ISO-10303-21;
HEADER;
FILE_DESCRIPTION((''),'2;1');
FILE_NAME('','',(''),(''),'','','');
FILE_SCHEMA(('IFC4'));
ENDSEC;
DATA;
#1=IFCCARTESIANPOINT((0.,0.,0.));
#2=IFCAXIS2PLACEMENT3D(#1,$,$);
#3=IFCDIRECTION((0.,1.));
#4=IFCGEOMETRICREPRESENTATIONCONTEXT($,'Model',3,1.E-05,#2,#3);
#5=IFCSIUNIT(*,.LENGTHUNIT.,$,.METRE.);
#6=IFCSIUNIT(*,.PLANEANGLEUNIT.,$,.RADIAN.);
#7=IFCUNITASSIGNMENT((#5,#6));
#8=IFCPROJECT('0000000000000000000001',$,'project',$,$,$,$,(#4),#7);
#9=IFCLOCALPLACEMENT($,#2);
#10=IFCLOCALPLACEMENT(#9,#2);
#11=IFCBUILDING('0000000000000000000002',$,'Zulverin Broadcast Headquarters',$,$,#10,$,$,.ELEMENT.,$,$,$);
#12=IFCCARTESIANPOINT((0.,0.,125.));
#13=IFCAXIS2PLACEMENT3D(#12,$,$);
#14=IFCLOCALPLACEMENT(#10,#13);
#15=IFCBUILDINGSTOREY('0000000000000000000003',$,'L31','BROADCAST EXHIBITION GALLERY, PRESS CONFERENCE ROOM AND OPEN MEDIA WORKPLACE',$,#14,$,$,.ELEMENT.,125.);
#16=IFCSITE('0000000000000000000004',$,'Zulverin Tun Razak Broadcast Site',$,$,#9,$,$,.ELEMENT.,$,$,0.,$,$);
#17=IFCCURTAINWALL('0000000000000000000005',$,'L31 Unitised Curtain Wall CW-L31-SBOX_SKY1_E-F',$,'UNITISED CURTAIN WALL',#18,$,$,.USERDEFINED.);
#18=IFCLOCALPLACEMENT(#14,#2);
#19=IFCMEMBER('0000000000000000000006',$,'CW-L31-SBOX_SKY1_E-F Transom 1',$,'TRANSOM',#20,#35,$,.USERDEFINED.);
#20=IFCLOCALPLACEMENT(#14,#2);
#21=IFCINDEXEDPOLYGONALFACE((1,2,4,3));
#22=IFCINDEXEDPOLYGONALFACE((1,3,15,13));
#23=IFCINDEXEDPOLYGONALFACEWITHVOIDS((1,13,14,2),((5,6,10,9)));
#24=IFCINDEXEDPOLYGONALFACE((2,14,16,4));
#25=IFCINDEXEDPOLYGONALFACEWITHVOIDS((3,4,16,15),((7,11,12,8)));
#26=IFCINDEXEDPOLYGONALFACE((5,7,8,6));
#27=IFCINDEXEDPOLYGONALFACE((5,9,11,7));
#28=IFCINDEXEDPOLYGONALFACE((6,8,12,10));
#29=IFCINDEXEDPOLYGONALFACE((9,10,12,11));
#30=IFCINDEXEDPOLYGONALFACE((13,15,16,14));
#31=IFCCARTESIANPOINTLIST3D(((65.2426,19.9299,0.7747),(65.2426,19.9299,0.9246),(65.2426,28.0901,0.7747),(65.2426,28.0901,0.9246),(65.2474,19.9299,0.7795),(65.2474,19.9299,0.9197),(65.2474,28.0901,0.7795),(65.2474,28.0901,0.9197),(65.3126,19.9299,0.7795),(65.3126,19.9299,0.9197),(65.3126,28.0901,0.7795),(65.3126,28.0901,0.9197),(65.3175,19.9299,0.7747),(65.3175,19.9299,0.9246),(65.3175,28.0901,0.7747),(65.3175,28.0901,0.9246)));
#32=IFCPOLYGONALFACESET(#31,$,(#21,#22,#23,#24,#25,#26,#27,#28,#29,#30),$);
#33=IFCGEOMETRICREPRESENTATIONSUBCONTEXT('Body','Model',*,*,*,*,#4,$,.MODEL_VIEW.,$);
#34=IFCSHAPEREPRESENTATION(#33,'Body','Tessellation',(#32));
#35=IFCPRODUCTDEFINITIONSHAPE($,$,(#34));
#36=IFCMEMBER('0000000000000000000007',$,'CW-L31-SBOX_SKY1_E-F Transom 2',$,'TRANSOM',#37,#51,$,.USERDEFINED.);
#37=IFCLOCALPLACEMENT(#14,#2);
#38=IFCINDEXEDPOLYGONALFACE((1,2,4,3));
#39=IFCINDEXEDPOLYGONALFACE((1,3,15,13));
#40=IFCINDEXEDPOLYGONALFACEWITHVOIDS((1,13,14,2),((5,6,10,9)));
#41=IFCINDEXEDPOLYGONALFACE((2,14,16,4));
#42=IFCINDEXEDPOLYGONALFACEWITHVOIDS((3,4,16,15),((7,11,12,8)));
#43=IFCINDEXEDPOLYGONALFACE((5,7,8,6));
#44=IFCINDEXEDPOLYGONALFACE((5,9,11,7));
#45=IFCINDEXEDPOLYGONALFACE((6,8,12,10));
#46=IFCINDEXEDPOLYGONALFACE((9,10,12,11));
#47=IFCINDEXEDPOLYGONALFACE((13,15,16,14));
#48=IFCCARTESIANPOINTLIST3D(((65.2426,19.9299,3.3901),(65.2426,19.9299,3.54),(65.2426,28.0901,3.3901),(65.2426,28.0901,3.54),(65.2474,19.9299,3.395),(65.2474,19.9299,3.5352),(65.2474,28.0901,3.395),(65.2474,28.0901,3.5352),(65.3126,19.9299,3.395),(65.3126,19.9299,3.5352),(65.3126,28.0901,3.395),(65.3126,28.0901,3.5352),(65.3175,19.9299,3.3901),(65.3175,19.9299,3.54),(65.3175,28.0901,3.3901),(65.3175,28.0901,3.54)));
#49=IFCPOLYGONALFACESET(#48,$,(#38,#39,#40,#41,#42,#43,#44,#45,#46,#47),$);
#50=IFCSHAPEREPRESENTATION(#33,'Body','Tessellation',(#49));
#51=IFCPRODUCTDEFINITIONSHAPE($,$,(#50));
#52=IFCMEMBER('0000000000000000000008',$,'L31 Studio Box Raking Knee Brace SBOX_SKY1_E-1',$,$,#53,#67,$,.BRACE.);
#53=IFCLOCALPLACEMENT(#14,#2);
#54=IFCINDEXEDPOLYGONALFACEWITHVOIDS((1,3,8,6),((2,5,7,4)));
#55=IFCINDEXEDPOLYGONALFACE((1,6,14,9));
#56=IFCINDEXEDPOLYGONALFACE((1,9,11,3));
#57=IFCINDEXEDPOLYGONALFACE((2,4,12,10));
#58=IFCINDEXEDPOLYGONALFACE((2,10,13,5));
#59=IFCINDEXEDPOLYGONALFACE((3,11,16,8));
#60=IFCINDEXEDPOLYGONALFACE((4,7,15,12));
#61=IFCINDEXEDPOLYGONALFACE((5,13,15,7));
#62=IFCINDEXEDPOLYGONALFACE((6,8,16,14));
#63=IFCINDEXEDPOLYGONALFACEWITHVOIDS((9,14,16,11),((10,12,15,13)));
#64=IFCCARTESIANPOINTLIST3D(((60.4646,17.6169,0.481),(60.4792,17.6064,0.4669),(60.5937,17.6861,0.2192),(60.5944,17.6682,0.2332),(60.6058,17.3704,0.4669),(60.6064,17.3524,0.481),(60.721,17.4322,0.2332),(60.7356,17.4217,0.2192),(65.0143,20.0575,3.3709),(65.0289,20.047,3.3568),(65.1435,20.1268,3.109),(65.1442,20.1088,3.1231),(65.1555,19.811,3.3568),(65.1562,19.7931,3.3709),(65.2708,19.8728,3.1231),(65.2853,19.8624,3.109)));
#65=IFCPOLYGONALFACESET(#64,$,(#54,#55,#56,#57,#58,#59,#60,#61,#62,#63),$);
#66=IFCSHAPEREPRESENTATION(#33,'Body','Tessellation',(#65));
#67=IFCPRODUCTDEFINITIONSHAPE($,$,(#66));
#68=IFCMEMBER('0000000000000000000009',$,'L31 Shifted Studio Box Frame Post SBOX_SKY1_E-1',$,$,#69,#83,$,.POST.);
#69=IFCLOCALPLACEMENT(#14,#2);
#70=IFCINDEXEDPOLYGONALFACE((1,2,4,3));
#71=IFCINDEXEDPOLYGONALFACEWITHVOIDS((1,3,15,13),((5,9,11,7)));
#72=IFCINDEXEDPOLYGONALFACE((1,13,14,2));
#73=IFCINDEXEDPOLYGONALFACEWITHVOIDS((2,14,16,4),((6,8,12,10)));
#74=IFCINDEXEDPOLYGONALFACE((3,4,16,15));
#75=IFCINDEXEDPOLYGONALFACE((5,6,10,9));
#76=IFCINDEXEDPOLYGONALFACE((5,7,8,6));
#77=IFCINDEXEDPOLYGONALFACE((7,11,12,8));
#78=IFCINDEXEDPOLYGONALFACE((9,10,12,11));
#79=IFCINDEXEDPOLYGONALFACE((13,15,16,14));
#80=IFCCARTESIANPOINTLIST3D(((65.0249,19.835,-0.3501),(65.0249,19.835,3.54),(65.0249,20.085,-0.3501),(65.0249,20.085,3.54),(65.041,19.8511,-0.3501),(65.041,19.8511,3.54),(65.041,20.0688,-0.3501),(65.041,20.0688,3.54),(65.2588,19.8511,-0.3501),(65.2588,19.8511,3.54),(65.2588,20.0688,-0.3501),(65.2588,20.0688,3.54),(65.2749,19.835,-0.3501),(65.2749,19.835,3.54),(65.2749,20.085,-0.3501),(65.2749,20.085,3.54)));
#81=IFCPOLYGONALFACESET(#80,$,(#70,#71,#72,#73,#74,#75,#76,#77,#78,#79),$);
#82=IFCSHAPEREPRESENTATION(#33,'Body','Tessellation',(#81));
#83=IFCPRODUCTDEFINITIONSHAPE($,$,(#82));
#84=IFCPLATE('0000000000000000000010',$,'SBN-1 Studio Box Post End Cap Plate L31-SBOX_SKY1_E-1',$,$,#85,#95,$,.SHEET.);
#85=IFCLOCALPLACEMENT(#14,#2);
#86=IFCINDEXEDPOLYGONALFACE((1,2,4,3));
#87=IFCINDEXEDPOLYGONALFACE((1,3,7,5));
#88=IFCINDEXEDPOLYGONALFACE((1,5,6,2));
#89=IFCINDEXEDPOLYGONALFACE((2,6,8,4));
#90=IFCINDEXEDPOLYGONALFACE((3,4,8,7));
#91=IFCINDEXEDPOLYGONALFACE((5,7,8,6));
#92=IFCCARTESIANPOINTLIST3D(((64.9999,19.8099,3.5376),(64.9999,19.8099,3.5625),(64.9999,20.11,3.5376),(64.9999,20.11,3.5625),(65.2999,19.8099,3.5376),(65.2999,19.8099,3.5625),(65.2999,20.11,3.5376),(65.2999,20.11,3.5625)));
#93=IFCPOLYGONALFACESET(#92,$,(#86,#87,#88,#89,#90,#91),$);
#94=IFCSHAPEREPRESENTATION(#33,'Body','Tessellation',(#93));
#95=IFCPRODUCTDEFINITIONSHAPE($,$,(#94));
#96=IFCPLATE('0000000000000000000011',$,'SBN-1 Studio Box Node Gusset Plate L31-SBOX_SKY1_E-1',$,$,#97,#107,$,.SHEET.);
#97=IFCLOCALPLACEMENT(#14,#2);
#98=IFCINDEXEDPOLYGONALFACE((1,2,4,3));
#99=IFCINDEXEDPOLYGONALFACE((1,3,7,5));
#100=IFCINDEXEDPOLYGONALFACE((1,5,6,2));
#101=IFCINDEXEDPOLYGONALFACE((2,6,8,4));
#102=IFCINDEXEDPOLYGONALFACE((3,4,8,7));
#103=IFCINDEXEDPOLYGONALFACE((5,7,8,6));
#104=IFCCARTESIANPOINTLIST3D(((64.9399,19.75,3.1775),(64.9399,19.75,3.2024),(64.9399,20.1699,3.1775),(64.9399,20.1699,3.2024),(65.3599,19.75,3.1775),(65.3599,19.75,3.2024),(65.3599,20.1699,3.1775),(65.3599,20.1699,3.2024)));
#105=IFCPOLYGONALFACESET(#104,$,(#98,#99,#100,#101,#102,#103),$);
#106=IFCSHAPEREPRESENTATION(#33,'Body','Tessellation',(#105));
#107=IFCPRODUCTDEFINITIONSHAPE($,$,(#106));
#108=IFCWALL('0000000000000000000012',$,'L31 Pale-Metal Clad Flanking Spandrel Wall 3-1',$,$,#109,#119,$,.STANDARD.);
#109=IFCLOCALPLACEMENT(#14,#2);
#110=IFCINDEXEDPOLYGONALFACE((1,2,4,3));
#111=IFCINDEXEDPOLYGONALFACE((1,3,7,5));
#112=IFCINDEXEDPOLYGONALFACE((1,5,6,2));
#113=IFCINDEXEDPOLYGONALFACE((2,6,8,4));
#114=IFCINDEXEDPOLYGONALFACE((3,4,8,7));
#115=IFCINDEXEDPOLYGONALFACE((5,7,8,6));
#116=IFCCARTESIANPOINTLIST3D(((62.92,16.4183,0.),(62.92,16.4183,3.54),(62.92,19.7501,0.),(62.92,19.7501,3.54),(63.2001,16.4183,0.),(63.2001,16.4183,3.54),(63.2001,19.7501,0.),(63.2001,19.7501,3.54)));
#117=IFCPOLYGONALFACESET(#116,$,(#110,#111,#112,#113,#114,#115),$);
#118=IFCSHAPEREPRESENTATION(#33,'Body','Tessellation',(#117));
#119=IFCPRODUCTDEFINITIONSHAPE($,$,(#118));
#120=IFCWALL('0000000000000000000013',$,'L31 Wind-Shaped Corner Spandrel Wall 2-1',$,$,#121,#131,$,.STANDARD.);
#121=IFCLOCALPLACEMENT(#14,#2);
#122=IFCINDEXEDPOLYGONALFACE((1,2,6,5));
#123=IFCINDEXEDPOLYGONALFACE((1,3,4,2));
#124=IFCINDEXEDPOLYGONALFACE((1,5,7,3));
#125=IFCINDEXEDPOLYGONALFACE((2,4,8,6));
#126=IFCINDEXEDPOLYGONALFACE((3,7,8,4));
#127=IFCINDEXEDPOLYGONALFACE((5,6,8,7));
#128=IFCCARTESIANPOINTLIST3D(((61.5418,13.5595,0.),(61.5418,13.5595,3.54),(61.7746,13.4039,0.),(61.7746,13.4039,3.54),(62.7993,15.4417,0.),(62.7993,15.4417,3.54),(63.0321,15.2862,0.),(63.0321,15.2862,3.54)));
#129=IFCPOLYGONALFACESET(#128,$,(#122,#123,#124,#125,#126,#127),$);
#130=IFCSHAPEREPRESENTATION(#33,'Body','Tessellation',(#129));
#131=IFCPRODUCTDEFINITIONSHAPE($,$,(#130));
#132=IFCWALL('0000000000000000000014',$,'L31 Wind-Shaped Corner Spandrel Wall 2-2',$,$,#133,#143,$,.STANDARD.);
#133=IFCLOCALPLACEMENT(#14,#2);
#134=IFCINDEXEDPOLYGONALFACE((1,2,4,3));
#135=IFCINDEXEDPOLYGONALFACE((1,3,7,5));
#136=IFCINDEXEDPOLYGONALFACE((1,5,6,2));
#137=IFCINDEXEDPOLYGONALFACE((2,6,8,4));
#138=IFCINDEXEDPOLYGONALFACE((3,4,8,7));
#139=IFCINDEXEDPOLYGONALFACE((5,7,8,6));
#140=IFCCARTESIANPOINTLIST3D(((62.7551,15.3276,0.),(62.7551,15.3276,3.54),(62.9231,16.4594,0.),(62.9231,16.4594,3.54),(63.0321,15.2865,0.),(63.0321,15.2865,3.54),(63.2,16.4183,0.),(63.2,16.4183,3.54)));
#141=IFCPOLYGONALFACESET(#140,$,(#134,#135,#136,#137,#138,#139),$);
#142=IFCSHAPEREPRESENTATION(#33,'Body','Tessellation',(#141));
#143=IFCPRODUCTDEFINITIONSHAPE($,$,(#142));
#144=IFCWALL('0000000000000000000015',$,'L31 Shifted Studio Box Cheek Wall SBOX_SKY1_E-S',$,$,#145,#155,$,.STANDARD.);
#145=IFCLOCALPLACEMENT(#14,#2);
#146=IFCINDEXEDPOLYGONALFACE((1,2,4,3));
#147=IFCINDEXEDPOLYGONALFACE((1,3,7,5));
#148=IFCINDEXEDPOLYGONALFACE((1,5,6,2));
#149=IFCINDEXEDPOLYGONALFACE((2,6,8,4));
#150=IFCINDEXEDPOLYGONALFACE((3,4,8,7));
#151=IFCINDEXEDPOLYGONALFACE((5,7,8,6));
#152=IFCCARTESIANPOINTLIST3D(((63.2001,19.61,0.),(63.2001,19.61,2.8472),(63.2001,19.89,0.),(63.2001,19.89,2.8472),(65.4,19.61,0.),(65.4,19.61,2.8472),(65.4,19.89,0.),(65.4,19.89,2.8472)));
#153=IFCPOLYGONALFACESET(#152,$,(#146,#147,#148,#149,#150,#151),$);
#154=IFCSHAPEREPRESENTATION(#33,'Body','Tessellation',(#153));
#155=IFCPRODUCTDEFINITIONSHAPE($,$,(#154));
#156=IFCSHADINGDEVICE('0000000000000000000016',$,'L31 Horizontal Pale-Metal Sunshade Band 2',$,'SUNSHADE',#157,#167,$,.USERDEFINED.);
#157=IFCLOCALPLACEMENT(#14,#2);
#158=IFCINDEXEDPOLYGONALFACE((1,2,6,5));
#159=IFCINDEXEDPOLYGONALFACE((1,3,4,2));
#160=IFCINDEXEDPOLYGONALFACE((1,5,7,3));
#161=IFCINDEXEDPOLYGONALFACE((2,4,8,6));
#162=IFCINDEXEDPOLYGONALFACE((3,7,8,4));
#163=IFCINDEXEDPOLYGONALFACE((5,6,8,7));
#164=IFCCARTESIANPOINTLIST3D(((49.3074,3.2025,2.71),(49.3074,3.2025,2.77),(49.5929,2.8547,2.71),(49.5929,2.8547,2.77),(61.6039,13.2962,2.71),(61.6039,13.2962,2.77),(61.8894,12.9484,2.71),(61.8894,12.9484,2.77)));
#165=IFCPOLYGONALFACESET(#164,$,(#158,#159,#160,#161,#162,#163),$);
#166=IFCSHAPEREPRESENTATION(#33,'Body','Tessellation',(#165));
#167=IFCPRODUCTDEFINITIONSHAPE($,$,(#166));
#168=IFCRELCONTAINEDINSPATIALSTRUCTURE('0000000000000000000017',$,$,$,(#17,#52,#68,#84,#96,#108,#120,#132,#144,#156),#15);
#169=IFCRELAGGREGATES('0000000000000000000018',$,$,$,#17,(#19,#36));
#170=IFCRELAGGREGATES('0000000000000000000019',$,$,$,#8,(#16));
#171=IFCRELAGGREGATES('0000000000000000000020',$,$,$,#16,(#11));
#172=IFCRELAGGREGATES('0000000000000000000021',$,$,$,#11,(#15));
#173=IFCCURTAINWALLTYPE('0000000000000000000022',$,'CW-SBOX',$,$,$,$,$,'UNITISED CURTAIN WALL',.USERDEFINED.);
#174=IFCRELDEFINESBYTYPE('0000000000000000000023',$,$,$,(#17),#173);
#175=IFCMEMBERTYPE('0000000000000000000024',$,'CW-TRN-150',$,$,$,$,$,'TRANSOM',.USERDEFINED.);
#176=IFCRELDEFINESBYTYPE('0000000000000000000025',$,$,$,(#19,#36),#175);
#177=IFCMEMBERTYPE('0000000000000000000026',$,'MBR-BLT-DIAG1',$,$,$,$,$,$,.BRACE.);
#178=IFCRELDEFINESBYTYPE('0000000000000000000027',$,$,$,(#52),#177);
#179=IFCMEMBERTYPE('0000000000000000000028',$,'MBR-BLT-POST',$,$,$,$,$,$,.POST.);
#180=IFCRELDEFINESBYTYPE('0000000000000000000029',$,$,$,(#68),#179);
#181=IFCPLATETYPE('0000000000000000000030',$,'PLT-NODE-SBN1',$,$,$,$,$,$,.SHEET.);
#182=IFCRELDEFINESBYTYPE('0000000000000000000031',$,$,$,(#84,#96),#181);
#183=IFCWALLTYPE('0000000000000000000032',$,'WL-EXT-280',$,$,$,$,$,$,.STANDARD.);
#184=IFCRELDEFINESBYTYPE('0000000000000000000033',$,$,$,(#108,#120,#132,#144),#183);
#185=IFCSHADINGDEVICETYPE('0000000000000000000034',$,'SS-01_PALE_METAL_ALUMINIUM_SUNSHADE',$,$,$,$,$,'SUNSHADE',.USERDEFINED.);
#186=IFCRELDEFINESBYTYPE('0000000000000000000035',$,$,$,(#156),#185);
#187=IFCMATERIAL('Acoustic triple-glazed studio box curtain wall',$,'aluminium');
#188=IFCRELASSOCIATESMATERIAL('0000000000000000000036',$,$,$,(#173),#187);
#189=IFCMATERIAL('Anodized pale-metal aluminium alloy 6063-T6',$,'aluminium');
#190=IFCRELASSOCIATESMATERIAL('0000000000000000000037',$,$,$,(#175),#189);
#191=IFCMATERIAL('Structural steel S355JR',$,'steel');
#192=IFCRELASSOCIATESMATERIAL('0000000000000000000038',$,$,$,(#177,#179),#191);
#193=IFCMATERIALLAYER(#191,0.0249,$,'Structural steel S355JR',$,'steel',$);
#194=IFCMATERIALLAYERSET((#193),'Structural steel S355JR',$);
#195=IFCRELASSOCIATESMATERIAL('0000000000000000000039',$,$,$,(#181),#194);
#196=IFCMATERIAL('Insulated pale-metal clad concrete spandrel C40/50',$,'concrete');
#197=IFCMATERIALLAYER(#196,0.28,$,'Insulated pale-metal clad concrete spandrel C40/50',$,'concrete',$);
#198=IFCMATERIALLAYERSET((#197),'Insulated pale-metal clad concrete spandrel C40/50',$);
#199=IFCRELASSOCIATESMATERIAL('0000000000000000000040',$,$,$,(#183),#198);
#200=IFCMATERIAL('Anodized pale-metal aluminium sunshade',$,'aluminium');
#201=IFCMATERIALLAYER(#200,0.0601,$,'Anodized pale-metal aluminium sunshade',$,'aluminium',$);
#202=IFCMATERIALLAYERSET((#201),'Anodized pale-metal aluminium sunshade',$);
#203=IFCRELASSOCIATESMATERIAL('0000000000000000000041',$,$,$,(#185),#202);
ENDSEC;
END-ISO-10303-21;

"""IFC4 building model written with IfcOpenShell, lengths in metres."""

from ifc_helpers import new_model, si_unit, direction, frame, frame_2d, origin, origin_2d, place, context, subcontext, project, spatial, rectangle, hollow_rectangle, extrude, material, layer, layer_set, material_profile, profile_set, type_object, element, aggregate, save


model = new_model("IFC4")

# Units and contexts
model_context = context("Model", 3, precision=1e-05, world=origin(), true_north=direction((0.0, 1.0)))
body_context = subcontext(model_context, "Body", "Model", "MODEL_VIEW")
ifc_project = project(units=[si_unit("LENGTHUNIT", "METRE"), si_unit("PLANEANGLEUNIT", "RADIAN")], contexts=[model_context])

# Site, building, storey
site_placement = place(None, origin())
site = spatial("IfcSite", under=ifc_project, at=site_placement, Name="Zulverin Tun Razak Broadcast Site", CompositionType="ELEMENT", RefElevation=0.0)
building_placement = place(site_placement, origin())
building = spatial("IfcBuilding", under=site, at=building_placement, Name="Zulverin Broadcast Headquarters", CompositionType="ELEMENT")
storey_placement = place(building_placement, frame((0.0, 0.0, 125.0)))
storey = spatial("IfcBuildingStorey", under=building, at=storey_placement, Name="L31", Description="BROADCAST EXHIBITION GALLERY, PRESS CONFERENCE ROOM AND OPEN MEDIA WORKPLACE", CompositionType="ELEMENT", Elevation=125.0)

# Shared definitions
ifc_material_1 = material(Name="Structural steel S355JR", Category="steel")

# Curtain wall, members
ifc_material_2 = material(Name="Acoustic triple-glazed studio box curtain wall", Category="aluminium")
curtain_wall_type = type_object("IfcCurtainWallType", Name="CW-SBOX", ElementType="UNITISED CURTAIN WALL", PredefinedType="USERDEFINED", material=ifc_material_2)
curtain_wall_placement = place(storey_placement, origin())
curtain_wall = element("IfcCurtainWall", 1, at=curtain_wall_placement, inside=storey, type_object=curtain_wall_type, Name="L31 Unitised Curtain Wall CW-L31-SBOX_SKY1_E-F", ObjectType="UNITISED CURTAIN WALL", PredefinedType="USERDEFINED")
ifc_material_3 = material(Name="Anodized pale-metal aluminium alloy 6063-T6", Category="aluminium")
ifc_material_profile_1 = material_profile(ifc_material_3, hollow_rectangle(XDim=0.075, YDim=0.1499, WallThickness=0.0049, at=origin_2d()), Name="Anodized pale-metal aluminium alloy 6063-T6", Category="aluminium")
ifc_profile_set_1 = profile_set([ifc_material_profile_1], Name="Anodized pale-metal aluminium alloy 6063-T6")
member_type_1 = type_object("IfcMemberType", Name="CW-TRN-150", ElementType="TRANSOM", PredefinedType="USERDEFINED", material=ifc_profile_set_1)
member_1_placement = place(storey_placement, frame((65.28, 19.9299, 0.8496), z_axis=(0.0, 1.0, 0.0), x_axis=(-1.0, 0.0, 0.0)))
member_1 = element("IfcMember", 2, at=member_1_placement, type_object=member_type_1, Name="CW-L31-SBOX_SKY1_E-F Transom 1", ObjectType="TRANSOM", PredefinedType="USERDEFINED", context=body_context, shape_type="SweptSolid", body=[
    extrude(hollow_rectangle(XDim=0.075, YDim=0.1499, WallThickness=0.0049, at=origin_2d()), origin(), (0.0, 0.0, 1.0), 8.1602),
])
member_2_placement = place(storey_placement, frame((65.28, 19.9299, 3.4651), z_axis=(0.0, 1.0, 0.0), x_axis=(-1.0, 0.0, 0.0)))
member_2 = element("IfcMember", 3, at=member_2_placement, type_object=member_type_1, Name="CW-L31-SBOX_SKY1_E-F Transom 2", ObjectType="TRANSOM", PredefinedType="USERDEFINED", context=body_context, shape_type="SweptSolid", body=[
    extrude(hollow_rectangle(XDim=0.075, YDim=0.1499, WallThickness=0.0049, at=origin_2d()), origin(), (0.0, 0.0, 1.0), 8.1602),
])
aggregate(curtain_wall, [member_1, member_2])

# Members
ifc_material_profile_2 = material_profile(ifc_material_1, hollow_rectangle(XDim=0.3, YDim=0.3, WallThickness=0.0161, at=origin_2d()), Name="Structural steel S355JR", Category="steel")
ifc_profile_set_2 = profile_set([ifc_material_profile_2], Name="Structural steel S355JR")
member_type_2 = type_object("IfcMemberType", Name="MBR-BLT-DIAG1", PredefinedType="BRACE", material=ifc_profile_set_2)
member_3_placement = place(storey_placement, frame((60.6001, 17.5193, 0.3501), z_axis=(0.768958, 0.412496, 0.488418), x_axis=(-0.472715, 0.881216, 0.0)))
element("IfcMember", 4, at=member_3_placement, inside=storey, type_object=member_type_2, Name="L31 Studio Box Raking Knee Brace SBOX_SKY1_E-1", PredefinedType="BRACE", context=body_context, shape_type="SweptSolid", body=[
    extrude(hollow_rectangle(XDim=0.3, YDim=0.3, WallThickness=0.0161, at=origin_2d()), origin(), (0.0, 0.0, 1.0), 5.9167),
])
ifc_material_profile_3 = material_profile(ifc_material_1, hollow_rectangle(XDim=0.25, YDim=0.25, WallThickness=0.0161, at=origin_2d()), Name="Structural steel S355JR", Category="steel")
ifc_profile_set_3 = profile_set([ifc_material_profile_3], Name="Structural steel S355JR")
member_type_3 = type_object("IfcMemberType", Name="MBR-BLT-POST", PredefinedType="POST", material=ifc_profile_set_3)
member_4_placement = place(storey_placement, frame((65.1499, 19.96, -0.3501), z_axis=(0.0, 0.0, 1.0), x_axis=(1.0, 0.0, 0.0)))
element("IfcMember", 5, at=member_4_placement, inside=storey, type_object=member_type_3, Name="L31 Shifted Studio Box Frame Post SBOX_SKY1_E-1", PredefinedType="POST", context=body_context, shape_type="SweptSolid", body=[
    extrude(hollow_rectangle(XDim=0.25, YDim=0.25, WallThickness=0.0161, at=origin_2d()), origin(), (0.0, 0.0, 1.0), 3.8901),
])

# Plates
ifc_layer_1 = layer(ifc_material_1, 0.0249, Name="Structural steel S355JR", Category="steel")
ifc_layer_set_1 = layer_set([ifc_layer_1], Name="Structural steel S355JR")
plate_type = type_object("IfcPlateType", Name="PLT-NODE-SBN1", PredefinedType="SHEET", material=ifc_layer_set_1)
plate_1_placement = place(storey_placement, frame((65.1499, 19.96, 3.5376), z_axis=(0.0, 0.0, 1.0), x_axis=(1.0, 0.0, 0.0)))
element("IfcPlate", 6, at=plate_1_placement, inside=storey, type_object=plate_type, Name="SBN-1 Studio Box Post End Cap Plate L31-SBOX_SKY1_E-1", PredefinedType="SHEET", context=body_context, shape_type="SweptSolid", body=[
    extrude(rectangle(XDim=0.3, YDim=0.3, at=origin_2d()), origin(), (0.0, 0.0, 1.0), 0.0249),
])
plate_2_placement = place(storey_placement, frame((65.1499, 19.96, 3.1775), z_axis=(0.0, 0.0, 1.0), x_axis=(1.0, 0.0, 0.0)))
element("IfcPlate", 7, at=plate_2_placement, inside=storey, type_object=plate_type, Name="SBN-1 Studio Box Node Gusset Plate L31-SBOX_SKY1_E-1", PredefinedType="SHEET", context=body_context, shape_type="SweptSolid", body=[
    extrude(rectangle(XDim=0.4199, YDim=0.4199, at=origin_2d()), origin(), (0.0, 0.0, 1.0), 0.0249),
])

# Walls
ifc_material_4 = material(Name="Insulated pale-metal clad concrete spandrel C40/50", Category="concrete")
ifc_layer_2 = layer(ifc_material_4, 0.28, Name="Insulated pale-metal clad concrete spandrel C40/50", Category="concrete")
ifc_layer_set_2 = layer_set([ifc_layer_2], Name="Insulated pale-metal clad concrete spandrel C40/50")
wall_type = type_object("IfcWallType", Name="WL-EXT-280", PredefinedType="STANDARD", material=ifc_layer_set_2)
wall_1_placement = place(storey_placement, frame((63.0601, 16.4182, 0.0), z_axis=(0.0, 0.0, 1.0), x_axis=(0.0, 1.0, 0.0)))
element("IfcWall", 8, at=wall_1_placement, inside=storey, type_object=wall_type, Name="L31 Pale-Metal Clad Flanking Spandrel Wall 3-1", PredefinedType="STANDARD", context=body_context, shape_type="SweptSolid", body=[
    extrude(rectangle(XDim=3.3318, YDim=0.28, at=frame_2d((1.666, 0.0))), origin(), (0.0, 0.0, 1.0), 3.54),
])
wall_2_placement = place(storey_placement, frame((61.6582, 13.4817, 0.0), z_axis=(0.0, 0.0, 1.0), x_axis=(0.555521, 0.831502, 0.0)))
element("IfcWall", 9, at=wall_2_placement, inside=storey, type_object=wall_type, Name="L31 Wind-Shaped Corner Spandrel Wall 2-1", PredefinedType="STANDARD", context=body_context, shape_type="SweptSolid", body=[
    extrude(rectangle(XDim=2.2637, YDim=0.28, at=frame_2d((1.1318, 0.0))), origin(), (0.0, 0.0, 1.0), 3.54),
])
wall_3_placement = place(storey_placement, frame((62.8936, 15.3069, 0.0), z_axis=(0.0, 0.0, 1.0), x_axis=(0.146796, 0.989167, 0.0)))
element("IfcWall", 10, at=wall_3_placement, inside=storey, type_object=wall_type, Name="L31 Wind-Shaped Corner Spandrel Wall 2-2", PredefinedType="STANDARD", context=body_context, shape_type="SweptSolid", body=[
    extrude(rectangle(XDim=1.1443, YDim=0.28, at=frame_2d((0.5723, 0.0))), origin(), (0.0, 0.0, 1.0), 3.54),
])
wall_4_placement = place(storey_placement, frame((63.2, 19.75, 0.0), z_axis=(0.0, 0.0, 1.0), x_axis=(1.0, 0.0, 0.0)))
element("IfcWall", 11, at=wall_4_placement, inside=storey, type_object=wall_type, Name="L31 Shifted Studio Box Cheek Wall SBOX_SKY1_E-S", PredefinedType="STANDARD", context=body_context, shape_type="SweptSolid", body=[
    extrude(rectangle(XDim=2.2, YDim=0.28, at=frame_2d((1.1001, 0.0))), origin(), (0.0, 0.0, 1.0), 2.8472),
])

# Shading device
ifc_material_5 = material(Name="Anodized pale-metal aluminium sunshade", Category="aluminium")
ifc_layer_3 = layer(ifc_material_5, 0.0601, Name="Anodized pale-metal aluminium sunshade", Category="aluminium")
ifc_layer_set_3 = layer_set([ifc_layer_3], Name="Anodized pale-metal aluminium sunshade")
shading_device_type = type_object("IfcShadingDeviceType", Name="SS-01_PALE_METAL_ALUMINIUM_SUNSHADE", ElementType="SUNSHADE", PredefinedType="USERDEFINED", material=ifc_layer_set_3)
shading_device_placement = place(storey_placement, frame((55.5984, 8.0754, 2.71), z_axis=(0.0, 0.0, 1.0), x_axis=(0.77294, 0.63448, 0.0)))
element("IfcShadingDevice", 12, at=shading_device_placement, inside=storey, type_object=shading_device_type, Name="L31 Horizontal Pale-Metal Sunshade Band 2", ObjectType="SUNSHADE", PredefinedType="USERDEFINED", context=body_context, shape_type="SweptSolid", body=[
    extrude(rectangle(XDim=15.9087, YDim=0.45, at=origin_2d()), origin(), (0.0, 0.0, 1.0), 0.0601),
])

save(model, "model.ifc")
